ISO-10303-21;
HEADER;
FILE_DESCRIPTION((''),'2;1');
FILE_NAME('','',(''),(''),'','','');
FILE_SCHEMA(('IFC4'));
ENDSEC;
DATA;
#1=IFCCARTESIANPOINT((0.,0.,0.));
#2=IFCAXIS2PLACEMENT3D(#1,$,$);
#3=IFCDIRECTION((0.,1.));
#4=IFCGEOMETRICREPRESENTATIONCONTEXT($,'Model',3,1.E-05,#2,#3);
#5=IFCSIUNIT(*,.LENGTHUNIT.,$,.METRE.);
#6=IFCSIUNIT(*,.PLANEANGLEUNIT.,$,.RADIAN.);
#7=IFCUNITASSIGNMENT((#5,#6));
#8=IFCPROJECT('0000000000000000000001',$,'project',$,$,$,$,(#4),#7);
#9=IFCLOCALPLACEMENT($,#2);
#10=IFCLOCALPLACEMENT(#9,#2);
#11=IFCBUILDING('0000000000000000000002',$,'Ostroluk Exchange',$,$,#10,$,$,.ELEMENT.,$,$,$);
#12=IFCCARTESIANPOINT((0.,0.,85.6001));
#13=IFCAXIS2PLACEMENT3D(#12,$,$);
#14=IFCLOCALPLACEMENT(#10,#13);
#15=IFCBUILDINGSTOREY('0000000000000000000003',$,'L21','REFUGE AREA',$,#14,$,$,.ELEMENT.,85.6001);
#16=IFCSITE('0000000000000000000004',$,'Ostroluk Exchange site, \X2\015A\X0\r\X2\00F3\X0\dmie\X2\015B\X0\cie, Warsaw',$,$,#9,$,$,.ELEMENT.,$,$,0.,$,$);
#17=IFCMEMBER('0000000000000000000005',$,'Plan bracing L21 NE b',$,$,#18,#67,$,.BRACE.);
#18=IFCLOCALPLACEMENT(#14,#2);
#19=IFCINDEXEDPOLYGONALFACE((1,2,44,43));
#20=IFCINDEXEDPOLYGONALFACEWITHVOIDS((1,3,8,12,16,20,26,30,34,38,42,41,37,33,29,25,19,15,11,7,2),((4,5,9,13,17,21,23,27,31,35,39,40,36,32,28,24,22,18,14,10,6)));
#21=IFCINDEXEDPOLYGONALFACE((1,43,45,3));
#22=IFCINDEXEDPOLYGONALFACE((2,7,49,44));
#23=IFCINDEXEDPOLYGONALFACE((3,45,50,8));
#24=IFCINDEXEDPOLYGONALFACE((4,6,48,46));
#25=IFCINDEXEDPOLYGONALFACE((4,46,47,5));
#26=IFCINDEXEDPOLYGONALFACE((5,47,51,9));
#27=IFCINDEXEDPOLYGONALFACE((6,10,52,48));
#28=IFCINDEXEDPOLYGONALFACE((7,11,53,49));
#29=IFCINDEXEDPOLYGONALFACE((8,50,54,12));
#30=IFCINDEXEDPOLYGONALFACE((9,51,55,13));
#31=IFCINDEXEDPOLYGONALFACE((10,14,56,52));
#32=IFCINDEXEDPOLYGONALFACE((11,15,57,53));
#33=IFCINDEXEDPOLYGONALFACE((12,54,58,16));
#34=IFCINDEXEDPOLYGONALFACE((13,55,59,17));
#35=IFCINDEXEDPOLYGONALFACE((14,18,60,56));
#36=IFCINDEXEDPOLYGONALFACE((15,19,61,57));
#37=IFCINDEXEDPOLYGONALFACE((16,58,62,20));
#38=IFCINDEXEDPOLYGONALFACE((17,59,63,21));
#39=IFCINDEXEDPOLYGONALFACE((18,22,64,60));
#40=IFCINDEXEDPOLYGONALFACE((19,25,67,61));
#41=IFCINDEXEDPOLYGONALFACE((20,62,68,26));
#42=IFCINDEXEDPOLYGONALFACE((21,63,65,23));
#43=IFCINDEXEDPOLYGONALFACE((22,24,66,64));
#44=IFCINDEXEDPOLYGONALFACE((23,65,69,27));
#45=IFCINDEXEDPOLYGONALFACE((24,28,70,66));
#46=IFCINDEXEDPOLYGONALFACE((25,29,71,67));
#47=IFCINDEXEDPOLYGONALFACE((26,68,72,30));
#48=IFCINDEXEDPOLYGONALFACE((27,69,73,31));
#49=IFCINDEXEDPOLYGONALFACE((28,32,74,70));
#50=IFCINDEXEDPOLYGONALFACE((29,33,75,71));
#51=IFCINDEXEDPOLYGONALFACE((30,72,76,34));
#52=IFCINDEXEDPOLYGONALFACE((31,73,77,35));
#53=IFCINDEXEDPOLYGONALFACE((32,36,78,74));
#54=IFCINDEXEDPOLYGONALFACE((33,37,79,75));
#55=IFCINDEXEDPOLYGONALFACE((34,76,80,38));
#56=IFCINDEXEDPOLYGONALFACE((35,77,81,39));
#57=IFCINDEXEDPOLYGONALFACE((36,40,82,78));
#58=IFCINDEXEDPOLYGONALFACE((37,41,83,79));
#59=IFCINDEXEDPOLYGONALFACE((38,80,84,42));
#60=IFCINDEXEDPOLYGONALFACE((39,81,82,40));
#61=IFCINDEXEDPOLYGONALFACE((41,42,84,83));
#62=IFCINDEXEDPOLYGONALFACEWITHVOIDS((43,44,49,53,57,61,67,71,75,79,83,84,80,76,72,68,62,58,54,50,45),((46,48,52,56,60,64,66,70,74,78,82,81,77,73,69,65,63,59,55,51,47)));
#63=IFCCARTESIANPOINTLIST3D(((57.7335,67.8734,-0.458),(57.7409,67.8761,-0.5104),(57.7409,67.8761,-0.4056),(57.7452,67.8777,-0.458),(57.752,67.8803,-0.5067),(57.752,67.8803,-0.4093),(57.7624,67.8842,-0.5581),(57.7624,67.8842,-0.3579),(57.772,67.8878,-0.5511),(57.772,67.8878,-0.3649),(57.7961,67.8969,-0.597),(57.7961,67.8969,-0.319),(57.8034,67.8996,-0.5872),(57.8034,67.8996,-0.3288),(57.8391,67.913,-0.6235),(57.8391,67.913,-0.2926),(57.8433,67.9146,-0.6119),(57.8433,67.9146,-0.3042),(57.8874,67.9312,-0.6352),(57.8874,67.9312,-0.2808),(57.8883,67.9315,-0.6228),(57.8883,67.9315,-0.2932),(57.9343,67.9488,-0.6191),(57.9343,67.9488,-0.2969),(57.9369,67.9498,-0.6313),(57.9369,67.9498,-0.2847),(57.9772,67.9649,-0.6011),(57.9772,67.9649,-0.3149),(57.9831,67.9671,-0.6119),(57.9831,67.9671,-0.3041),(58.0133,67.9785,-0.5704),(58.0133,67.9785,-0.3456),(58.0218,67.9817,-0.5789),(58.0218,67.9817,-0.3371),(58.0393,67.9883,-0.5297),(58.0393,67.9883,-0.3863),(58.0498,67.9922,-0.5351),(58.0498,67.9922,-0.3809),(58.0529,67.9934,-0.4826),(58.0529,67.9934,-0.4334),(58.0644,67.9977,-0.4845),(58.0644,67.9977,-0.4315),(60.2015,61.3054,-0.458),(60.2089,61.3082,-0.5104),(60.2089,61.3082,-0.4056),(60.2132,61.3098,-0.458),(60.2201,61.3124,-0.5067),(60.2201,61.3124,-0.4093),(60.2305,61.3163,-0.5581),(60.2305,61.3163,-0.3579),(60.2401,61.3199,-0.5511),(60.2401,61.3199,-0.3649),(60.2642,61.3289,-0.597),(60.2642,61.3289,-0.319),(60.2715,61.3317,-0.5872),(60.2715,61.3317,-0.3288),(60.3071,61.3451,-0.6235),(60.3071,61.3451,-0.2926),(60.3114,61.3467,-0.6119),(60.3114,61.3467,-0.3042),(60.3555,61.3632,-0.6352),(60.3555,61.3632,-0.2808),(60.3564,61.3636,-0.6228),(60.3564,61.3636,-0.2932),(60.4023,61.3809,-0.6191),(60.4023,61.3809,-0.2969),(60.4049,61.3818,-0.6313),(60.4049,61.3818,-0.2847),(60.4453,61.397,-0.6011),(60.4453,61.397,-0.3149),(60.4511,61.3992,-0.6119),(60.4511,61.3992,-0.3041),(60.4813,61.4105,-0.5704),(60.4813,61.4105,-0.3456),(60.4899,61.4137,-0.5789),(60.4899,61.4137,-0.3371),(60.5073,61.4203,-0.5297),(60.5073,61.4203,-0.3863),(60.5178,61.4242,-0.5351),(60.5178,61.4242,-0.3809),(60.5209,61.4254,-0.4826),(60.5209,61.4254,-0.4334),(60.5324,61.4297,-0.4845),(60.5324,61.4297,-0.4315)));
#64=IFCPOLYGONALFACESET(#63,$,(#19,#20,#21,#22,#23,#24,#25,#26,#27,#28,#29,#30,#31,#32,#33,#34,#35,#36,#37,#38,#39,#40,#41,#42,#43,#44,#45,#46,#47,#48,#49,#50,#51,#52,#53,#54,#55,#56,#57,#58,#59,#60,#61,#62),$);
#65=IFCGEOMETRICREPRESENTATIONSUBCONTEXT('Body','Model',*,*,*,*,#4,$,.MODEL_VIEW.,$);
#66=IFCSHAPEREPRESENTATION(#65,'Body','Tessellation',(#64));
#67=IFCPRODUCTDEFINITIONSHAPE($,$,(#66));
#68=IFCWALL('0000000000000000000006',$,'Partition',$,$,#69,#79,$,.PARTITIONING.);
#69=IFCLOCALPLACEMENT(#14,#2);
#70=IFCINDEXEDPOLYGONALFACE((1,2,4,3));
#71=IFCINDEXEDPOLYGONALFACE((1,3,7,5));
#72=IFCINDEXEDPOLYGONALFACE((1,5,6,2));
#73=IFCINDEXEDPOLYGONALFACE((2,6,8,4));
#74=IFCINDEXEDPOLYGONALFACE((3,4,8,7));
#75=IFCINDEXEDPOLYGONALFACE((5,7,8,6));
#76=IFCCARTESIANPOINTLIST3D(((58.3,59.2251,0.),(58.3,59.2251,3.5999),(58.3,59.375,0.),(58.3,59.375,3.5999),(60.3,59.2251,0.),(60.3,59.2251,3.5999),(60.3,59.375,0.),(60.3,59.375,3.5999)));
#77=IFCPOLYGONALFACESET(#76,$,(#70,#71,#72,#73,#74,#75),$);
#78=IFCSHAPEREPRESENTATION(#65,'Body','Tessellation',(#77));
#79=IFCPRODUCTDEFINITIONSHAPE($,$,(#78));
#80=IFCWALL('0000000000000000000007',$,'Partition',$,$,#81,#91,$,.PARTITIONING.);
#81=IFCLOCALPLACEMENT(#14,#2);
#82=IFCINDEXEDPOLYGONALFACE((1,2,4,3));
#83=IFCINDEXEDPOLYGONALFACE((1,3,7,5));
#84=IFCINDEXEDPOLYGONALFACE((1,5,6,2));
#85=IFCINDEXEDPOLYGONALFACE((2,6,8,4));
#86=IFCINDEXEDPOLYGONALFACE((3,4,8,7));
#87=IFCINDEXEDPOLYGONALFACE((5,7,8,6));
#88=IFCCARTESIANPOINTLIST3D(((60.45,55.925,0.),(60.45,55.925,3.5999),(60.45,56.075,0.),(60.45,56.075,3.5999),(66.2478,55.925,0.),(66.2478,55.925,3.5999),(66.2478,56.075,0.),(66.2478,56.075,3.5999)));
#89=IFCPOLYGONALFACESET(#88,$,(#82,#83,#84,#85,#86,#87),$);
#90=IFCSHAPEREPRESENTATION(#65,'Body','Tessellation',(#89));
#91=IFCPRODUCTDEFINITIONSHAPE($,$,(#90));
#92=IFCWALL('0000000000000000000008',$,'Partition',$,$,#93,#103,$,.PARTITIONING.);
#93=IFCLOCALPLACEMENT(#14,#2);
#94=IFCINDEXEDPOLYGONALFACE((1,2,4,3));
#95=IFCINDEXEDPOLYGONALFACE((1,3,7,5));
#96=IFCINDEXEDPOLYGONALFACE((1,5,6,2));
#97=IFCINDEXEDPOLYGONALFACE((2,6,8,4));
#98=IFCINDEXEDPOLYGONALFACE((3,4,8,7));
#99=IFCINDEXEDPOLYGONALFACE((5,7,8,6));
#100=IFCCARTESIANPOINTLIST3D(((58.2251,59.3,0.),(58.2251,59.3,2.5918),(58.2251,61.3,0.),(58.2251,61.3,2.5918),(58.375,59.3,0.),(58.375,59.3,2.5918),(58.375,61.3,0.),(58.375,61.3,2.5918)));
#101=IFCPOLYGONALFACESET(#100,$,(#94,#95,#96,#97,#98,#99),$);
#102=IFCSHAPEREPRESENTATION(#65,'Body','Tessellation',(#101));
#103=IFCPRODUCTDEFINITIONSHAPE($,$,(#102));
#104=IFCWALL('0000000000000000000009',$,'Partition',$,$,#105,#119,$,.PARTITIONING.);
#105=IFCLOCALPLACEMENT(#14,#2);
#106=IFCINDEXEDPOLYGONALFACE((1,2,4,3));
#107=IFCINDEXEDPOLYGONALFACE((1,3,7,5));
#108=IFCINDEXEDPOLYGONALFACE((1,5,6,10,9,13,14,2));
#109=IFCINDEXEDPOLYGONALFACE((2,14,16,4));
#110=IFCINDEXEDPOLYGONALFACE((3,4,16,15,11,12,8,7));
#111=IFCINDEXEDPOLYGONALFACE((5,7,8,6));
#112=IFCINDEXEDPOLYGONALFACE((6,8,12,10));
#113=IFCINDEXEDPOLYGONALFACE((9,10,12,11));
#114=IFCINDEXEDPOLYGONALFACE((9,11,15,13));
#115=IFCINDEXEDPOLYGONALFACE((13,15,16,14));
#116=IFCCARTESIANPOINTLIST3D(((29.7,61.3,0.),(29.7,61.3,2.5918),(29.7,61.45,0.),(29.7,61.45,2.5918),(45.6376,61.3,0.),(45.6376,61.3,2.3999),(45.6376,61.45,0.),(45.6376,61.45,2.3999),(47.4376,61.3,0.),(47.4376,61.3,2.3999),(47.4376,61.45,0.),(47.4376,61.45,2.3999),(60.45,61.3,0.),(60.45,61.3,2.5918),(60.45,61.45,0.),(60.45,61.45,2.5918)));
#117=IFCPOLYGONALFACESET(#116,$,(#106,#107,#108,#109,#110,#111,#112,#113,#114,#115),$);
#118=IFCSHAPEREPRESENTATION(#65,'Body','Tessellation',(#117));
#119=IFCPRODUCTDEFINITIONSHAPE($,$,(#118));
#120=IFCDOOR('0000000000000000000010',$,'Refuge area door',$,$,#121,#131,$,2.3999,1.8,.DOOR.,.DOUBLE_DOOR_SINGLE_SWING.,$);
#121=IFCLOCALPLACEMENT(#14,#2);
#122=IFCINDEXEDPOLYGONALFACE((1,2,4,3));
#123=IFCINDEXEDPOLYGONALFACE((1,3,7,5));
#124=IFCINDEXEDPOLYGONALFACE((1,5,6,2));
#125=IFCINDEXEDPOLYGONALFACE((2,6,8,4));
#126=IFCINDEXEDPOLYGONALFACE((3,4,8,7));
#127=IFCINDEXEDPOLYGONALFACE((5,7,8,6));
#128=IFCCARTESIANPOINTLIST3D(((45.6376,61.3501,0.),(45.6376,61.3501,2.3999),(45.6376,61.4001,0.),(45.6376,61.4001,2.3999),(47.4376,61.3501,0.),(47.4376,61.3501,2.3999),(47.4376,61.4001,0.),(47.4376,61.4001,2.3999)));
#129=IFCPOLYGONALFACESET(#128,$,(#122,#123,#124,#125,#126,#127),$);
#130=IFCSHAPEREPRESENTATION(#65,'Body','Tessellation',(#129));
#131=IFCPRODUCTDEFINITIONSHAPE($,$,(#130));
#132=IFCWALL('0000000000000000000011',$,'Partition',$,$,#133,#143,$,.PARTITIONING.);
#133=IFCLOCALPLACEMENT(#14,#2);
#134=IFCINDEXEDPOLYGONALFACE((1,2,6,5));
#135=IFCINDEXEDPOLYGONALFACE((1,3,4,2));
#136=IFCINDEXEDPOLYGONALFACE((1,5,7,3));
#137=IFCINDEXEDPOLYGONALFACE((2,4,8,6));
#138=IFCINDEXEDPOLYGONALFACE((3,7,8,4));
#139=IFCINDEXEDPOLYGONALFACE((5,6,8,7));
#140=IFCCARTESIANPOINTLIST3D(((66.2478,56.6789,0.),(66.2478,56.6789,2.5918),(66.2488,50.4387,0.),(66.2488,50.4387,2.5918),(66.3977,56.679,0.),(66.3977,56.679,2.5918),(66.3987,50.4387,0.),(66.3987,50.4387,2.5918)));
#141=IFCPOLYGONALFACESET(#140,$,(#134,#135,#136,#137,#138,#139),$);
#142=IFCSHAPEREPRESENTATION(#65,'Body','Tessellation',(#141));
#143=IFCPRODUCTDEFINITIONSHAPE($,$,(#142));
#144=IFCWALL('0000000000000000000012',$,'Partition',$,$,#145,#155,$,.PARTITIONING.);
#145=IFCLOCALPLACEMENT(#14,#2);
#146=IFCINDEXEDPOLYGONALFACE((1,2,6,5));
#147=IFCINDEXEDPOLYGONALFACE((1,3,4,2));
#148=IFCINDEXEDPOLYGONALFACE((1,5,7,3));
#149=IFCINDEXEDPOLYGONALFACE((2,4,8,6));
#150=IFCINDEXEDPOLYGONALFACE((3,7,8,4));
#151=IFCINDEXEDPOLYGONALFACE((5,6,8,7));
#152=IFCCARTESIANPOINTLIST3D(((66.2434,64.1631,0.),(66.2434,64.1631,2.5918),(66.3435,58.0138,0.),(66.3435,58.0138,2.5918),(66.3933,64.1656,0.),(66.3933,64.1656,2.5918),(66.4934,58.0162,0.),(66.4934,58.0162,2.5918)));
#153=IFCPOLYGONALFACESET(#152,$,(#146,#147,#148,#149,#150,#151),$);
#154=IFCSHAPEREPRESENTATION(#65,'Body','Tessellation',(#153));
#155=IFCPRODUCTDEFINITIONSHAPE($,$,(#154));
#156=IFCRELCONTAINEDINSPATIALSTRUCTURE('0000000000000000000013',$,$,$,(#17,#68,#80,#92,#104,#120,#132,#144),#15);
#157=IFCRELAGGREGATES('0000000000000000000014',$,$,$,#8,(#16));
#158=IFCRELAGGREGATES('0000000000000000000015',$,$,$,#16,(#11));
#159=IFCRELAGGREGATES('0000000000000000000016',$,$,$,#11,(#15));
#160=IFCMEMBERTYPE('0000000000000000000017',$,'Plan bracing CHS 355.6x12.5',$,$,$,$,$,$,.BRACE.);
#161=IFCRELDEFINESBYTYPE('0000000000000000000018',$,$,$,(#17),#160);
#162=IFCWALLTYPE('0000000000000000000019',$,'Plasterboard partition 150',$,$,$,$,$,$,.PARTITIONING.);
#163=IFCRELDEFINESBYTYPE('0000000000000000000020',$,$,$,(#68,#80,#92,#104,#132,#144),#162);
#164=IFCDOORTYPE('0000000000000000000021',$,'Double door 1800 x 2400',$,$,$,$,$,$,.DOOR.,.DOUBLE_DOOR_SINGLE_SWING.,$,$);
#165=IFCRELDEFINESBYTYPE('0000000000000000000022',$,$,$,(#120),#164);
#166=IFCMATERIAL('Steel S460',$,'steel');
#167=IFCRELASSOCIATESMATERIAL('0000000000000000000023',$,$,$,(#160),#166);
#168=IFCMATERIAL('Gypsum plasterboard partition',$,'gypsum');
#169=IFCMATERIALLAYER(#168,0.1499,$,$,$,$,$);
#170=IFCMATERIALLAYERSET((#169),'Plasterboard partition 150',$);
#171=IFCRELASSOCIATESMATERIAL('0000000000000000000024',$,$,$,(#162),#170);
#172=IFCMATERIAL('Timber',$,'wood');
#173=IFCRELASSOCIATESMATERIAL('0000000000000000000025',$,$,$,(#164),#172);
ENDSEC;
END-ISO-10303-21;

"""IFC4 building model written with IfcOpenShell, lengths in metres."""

from ifc_helpers import new_model, si_unit, direction, frame, frame_2d, origin, origin_2d, place, context, subcontext, project, spatial, rectangle, hollow_circle, extrude, material, layer, layer_set, material_profile, profile_set, type_object, element, fill, save


model = new_model("IFC4")

# Units and contexts
model_context = context("Model", 3, precision=1e-05, world=origin(), true_north=direction((0.0, 1.0)))
body_context = subcontext(model_context, "Body", "Model", "MODEL_VIEW")
ifc_project = project(units=[si_unit("LENGTHUNIT", "METRE"), si_unit("PLANEANGLEUNIT", "RADIAN")], contexts=[model_context])

# Site, building, storey
site_placement = place(None, origin())
site = spatial("IfcSite", under=ifc_project, at=site_placement, Name="Ostroluk Exchange site, Śródmieście, Warsaw", CompositionType="ELEMENT", RefElevation=0.0)
building_placement = place(site_placement, origin())
building = spatial("IfcBuilding", under=site, at=building_placement, Name="Ostroluk Exchange", CompositionType="ELEMENT")
storey_placement = place(building_placement, frame((0.0, 0.0, 85.6001)))
storey = spatial("IfcBuildingStorey", under=building, at=storey_placement, Name="L21", Description="REFUGE AREA", CompositionType="ELEMENT", Elevation=85.6001)

# Member
ifc_material_1 = material(Name="Steel S460", Category="steel")
ifc_material_profile_1 = material_profile(ifc_material_1, hollow_circle(Radius=0.1777, WallThickness=0.0125, at=origin_2d()), Name="CHS 355.6x12.5")
ifc_profile_set_1 = profile_set([ifc_material_profile_1], Name="Steel S460")
member_type_1 = type_object("IfcMemberType", Name="Plan bracing CHS 355.6x12.5", PredefinedType="BRACE", material=ifc_profile_set_1)
for number, where, z_axis, x_axis, name in (
    (1, (60.3679, 61.3679, -0.458), (-0.351756, 0.936092, 0.0), (-0.936092, -0.351756, 0.0), "Plan bracing L21 NE b"),
):
    element("IfcMember", number, at=place(storey_placement, frame(where, z_axis=z_axis, x_axis=x_axis)), inside=storey, type_object=member_type_1, Name=name, PredefinedType="BRACE", context=body_context, shape_type="SweptSolid", body=[
        extrude(hollow_circle(Radius=0.1777, WallThickness=0.0125, at=origin_2d()), origin(), (0.0, 0.0, 1.0), 7.0164),
    ])

# Walls
ifc_material_2 = material(Name="Gypsum plasterboard partition", Category="gypsum")
ifc_layer = layer(ifc_material_2, 0.1499)
ifc_layer_set = layer_set([ifc_layer], Name="Plasterboard partition 150")
wall_type = type_object("IfcWallType", Name="Plasterboard partition 150", PredefinedType="PARTITIONING", material=ifc_layer_set)
wall_1_placement = place(storey_placement, frame((58.3, 59.3, 0.0), z_axis=(0.0, 0.0, 1.0), x_axis=(1.0, 0.0, 0.0)))
element("IfcWall", 2, at=wall_1_placement, inside=storey, type_object=wall_type, Name="Partition", PredefinedType="PARTITIONING", context=body_context, shape_type="SweptSolid", body=[
    extrude(rectangle(XDim=2.0, YDim=0.1499, at=frame_2d((1.0, 0.0))), origin(), (0.0, 0.0, 1.0), 3.5999),
])
wall_2_placement = place(storey_placement, frame((60.45, 56.0, 0.0), z_axis=(0.0, 0.0, 1.0), x_axis=(1.0, 0.0, 0.0)))
element("IfcWall", 3, at=wall_2_placement, inside=storey, type_object=wall_type, Name="Partition", PredefinedType="PARTITIONING", context=body_context, shape_type="SweptSolid", body=[
    extrude(rectangle(XDim=5.7979, YDim=0.1499, at=frame_2d((2.8989, 0.0))), origin(), (0.0, 0.0, 1.0), 3.5999),
])
wall_3_placement = place(storey_placement, frame((58.3, 59.3, 0.0), z_axis=(0.0, 0.0, 1.0), x_axis=(0.0, 1.0, 0.0)))
element("IfcWall", 4, at=wall_3_placement, inside=storey, type_object=wall_type, Name="Partition", PredefinedType="PARTITIONING", context=body_context, shape_type="SweptSolid", body=[
    extrude(rectangle(XDim=2.0, YDim=0.1499, at=frame_2d((1.0, 0.0))), origin(), (0.0, 0.0, 1.0), 2.5918),
])

# Wall, opening, door
wall_4_placement = place(storey_placement, frame((60.45, 61.375, 0.0), z_axis=(0.0, 0.0, 1.0), x_axis=(-1.0, 0.0, 0.0)))
wall_4 = element("IfcWall", 5, at=wall_4_placement, inside=storey, type_object=wall_type, Name="Partition", PredefinedType="PARTITIONING", context=body_context, shape_type="SweptSolid", body=[
    extrude(rectangle(XDim=30.75, YDim=0.1499, at=frame_2d((15.375, 0.0))), origin(), (0.0, 0.0, 1.0), 2.5918),
])
opening_placement = place(wall_4_placement, frame((13.0125, 0.0, 0.0)))
opening = element("IfcOpeningElement", 6, at=opening_placement, cuts=wall_4, PredefinedType="OPENING", context=body_context, shape_type="SweptSolid", body=[
    extrude(rectangle(XDim=1.8, YDim=2.3999, at=frame_2d((0.8999, 1.2))), frame((0.0, 0.085, 0.0), z_axis=(0.0, -1.0, 0.0), x_axis=(1.0, 0.0, 0.0)), (0.0, 0.0, 1.0), 0.1699),
])
ifc_material_3 = material(Name="Timber", Category="wood")
door_type = type_object("IfcDoorType", Name="Double door 1800 x 2400", OperationType="DOUBLE_DOOR_SINGLE_SWING", PredefinedType="DOOR", material=ifc_material_3)
door_placement = place(opening_placement, origin())
door = element("IfcDoor", 7, at=door_placement, inside=storey, type_object=door_type, Name="Refuge area door", OperationType="DOUBLE_DOOR_SINGLE_SWING", OverallHeight=2.3999, OverallWidth=1.8, PredefinedType="DOOR", context=body_context, shape_type="SweptSolid", body=[
    extrude(rectangle(XDim=1.8, YDim=2.3999, at=frame_2d((0.8999, 1.2))), frame((0.0, 0.0249, 0.0), z_axis=(0.0, -1.0, 0.0), x_axis=(1.0, 0.0, 0.0)), (0.0, 0.0, 1.0), 0.05),
])
fill(opening, door)

# Walls
wall_5_placement = place(storey_placement, frame((66.3237, 50.4387, 0.0), z_axis=(0.0, 0.0, 1.0), x_axis=(-0.000156, 1.0, 0.0)))
element("IfcWall", 8, at=wall_5_placement, inside=storey, type_object=wall_type, Name="Partition", PredefinedType="PARTITIONING", context=body_context, shape_type="SweptSolid", body=[
    extrude(rectangle(XDim=6.2402, YDim=0.1499, at=frame_2d((3.1201, 0.0))), origin(), (0.0, 0.0, 1.0), 2.5918),
])
wall_6_placement = place(storey_placement, frame((66.4185, 58.0149, 0.0), z_axis=(0.0, 0.0, 1.0), x_axis=(-0.016275, 0.999868, 0.0)))
element("IfcWall", 9, at=wall_6_placement, inside=storey, type_object=wall_type, Name="Partition", PredefinedType="PARTITIONING", context=body_context, shape_type="SweptSolid", body=[
    extrude(rectangle(XDim=6.1501, YDim=0.1499, at=frame_2d((3.0752, 0.0))), origin(), (0.0, 0.0, 1.0), 2.5918),
])

save(model, "model.ifc")
